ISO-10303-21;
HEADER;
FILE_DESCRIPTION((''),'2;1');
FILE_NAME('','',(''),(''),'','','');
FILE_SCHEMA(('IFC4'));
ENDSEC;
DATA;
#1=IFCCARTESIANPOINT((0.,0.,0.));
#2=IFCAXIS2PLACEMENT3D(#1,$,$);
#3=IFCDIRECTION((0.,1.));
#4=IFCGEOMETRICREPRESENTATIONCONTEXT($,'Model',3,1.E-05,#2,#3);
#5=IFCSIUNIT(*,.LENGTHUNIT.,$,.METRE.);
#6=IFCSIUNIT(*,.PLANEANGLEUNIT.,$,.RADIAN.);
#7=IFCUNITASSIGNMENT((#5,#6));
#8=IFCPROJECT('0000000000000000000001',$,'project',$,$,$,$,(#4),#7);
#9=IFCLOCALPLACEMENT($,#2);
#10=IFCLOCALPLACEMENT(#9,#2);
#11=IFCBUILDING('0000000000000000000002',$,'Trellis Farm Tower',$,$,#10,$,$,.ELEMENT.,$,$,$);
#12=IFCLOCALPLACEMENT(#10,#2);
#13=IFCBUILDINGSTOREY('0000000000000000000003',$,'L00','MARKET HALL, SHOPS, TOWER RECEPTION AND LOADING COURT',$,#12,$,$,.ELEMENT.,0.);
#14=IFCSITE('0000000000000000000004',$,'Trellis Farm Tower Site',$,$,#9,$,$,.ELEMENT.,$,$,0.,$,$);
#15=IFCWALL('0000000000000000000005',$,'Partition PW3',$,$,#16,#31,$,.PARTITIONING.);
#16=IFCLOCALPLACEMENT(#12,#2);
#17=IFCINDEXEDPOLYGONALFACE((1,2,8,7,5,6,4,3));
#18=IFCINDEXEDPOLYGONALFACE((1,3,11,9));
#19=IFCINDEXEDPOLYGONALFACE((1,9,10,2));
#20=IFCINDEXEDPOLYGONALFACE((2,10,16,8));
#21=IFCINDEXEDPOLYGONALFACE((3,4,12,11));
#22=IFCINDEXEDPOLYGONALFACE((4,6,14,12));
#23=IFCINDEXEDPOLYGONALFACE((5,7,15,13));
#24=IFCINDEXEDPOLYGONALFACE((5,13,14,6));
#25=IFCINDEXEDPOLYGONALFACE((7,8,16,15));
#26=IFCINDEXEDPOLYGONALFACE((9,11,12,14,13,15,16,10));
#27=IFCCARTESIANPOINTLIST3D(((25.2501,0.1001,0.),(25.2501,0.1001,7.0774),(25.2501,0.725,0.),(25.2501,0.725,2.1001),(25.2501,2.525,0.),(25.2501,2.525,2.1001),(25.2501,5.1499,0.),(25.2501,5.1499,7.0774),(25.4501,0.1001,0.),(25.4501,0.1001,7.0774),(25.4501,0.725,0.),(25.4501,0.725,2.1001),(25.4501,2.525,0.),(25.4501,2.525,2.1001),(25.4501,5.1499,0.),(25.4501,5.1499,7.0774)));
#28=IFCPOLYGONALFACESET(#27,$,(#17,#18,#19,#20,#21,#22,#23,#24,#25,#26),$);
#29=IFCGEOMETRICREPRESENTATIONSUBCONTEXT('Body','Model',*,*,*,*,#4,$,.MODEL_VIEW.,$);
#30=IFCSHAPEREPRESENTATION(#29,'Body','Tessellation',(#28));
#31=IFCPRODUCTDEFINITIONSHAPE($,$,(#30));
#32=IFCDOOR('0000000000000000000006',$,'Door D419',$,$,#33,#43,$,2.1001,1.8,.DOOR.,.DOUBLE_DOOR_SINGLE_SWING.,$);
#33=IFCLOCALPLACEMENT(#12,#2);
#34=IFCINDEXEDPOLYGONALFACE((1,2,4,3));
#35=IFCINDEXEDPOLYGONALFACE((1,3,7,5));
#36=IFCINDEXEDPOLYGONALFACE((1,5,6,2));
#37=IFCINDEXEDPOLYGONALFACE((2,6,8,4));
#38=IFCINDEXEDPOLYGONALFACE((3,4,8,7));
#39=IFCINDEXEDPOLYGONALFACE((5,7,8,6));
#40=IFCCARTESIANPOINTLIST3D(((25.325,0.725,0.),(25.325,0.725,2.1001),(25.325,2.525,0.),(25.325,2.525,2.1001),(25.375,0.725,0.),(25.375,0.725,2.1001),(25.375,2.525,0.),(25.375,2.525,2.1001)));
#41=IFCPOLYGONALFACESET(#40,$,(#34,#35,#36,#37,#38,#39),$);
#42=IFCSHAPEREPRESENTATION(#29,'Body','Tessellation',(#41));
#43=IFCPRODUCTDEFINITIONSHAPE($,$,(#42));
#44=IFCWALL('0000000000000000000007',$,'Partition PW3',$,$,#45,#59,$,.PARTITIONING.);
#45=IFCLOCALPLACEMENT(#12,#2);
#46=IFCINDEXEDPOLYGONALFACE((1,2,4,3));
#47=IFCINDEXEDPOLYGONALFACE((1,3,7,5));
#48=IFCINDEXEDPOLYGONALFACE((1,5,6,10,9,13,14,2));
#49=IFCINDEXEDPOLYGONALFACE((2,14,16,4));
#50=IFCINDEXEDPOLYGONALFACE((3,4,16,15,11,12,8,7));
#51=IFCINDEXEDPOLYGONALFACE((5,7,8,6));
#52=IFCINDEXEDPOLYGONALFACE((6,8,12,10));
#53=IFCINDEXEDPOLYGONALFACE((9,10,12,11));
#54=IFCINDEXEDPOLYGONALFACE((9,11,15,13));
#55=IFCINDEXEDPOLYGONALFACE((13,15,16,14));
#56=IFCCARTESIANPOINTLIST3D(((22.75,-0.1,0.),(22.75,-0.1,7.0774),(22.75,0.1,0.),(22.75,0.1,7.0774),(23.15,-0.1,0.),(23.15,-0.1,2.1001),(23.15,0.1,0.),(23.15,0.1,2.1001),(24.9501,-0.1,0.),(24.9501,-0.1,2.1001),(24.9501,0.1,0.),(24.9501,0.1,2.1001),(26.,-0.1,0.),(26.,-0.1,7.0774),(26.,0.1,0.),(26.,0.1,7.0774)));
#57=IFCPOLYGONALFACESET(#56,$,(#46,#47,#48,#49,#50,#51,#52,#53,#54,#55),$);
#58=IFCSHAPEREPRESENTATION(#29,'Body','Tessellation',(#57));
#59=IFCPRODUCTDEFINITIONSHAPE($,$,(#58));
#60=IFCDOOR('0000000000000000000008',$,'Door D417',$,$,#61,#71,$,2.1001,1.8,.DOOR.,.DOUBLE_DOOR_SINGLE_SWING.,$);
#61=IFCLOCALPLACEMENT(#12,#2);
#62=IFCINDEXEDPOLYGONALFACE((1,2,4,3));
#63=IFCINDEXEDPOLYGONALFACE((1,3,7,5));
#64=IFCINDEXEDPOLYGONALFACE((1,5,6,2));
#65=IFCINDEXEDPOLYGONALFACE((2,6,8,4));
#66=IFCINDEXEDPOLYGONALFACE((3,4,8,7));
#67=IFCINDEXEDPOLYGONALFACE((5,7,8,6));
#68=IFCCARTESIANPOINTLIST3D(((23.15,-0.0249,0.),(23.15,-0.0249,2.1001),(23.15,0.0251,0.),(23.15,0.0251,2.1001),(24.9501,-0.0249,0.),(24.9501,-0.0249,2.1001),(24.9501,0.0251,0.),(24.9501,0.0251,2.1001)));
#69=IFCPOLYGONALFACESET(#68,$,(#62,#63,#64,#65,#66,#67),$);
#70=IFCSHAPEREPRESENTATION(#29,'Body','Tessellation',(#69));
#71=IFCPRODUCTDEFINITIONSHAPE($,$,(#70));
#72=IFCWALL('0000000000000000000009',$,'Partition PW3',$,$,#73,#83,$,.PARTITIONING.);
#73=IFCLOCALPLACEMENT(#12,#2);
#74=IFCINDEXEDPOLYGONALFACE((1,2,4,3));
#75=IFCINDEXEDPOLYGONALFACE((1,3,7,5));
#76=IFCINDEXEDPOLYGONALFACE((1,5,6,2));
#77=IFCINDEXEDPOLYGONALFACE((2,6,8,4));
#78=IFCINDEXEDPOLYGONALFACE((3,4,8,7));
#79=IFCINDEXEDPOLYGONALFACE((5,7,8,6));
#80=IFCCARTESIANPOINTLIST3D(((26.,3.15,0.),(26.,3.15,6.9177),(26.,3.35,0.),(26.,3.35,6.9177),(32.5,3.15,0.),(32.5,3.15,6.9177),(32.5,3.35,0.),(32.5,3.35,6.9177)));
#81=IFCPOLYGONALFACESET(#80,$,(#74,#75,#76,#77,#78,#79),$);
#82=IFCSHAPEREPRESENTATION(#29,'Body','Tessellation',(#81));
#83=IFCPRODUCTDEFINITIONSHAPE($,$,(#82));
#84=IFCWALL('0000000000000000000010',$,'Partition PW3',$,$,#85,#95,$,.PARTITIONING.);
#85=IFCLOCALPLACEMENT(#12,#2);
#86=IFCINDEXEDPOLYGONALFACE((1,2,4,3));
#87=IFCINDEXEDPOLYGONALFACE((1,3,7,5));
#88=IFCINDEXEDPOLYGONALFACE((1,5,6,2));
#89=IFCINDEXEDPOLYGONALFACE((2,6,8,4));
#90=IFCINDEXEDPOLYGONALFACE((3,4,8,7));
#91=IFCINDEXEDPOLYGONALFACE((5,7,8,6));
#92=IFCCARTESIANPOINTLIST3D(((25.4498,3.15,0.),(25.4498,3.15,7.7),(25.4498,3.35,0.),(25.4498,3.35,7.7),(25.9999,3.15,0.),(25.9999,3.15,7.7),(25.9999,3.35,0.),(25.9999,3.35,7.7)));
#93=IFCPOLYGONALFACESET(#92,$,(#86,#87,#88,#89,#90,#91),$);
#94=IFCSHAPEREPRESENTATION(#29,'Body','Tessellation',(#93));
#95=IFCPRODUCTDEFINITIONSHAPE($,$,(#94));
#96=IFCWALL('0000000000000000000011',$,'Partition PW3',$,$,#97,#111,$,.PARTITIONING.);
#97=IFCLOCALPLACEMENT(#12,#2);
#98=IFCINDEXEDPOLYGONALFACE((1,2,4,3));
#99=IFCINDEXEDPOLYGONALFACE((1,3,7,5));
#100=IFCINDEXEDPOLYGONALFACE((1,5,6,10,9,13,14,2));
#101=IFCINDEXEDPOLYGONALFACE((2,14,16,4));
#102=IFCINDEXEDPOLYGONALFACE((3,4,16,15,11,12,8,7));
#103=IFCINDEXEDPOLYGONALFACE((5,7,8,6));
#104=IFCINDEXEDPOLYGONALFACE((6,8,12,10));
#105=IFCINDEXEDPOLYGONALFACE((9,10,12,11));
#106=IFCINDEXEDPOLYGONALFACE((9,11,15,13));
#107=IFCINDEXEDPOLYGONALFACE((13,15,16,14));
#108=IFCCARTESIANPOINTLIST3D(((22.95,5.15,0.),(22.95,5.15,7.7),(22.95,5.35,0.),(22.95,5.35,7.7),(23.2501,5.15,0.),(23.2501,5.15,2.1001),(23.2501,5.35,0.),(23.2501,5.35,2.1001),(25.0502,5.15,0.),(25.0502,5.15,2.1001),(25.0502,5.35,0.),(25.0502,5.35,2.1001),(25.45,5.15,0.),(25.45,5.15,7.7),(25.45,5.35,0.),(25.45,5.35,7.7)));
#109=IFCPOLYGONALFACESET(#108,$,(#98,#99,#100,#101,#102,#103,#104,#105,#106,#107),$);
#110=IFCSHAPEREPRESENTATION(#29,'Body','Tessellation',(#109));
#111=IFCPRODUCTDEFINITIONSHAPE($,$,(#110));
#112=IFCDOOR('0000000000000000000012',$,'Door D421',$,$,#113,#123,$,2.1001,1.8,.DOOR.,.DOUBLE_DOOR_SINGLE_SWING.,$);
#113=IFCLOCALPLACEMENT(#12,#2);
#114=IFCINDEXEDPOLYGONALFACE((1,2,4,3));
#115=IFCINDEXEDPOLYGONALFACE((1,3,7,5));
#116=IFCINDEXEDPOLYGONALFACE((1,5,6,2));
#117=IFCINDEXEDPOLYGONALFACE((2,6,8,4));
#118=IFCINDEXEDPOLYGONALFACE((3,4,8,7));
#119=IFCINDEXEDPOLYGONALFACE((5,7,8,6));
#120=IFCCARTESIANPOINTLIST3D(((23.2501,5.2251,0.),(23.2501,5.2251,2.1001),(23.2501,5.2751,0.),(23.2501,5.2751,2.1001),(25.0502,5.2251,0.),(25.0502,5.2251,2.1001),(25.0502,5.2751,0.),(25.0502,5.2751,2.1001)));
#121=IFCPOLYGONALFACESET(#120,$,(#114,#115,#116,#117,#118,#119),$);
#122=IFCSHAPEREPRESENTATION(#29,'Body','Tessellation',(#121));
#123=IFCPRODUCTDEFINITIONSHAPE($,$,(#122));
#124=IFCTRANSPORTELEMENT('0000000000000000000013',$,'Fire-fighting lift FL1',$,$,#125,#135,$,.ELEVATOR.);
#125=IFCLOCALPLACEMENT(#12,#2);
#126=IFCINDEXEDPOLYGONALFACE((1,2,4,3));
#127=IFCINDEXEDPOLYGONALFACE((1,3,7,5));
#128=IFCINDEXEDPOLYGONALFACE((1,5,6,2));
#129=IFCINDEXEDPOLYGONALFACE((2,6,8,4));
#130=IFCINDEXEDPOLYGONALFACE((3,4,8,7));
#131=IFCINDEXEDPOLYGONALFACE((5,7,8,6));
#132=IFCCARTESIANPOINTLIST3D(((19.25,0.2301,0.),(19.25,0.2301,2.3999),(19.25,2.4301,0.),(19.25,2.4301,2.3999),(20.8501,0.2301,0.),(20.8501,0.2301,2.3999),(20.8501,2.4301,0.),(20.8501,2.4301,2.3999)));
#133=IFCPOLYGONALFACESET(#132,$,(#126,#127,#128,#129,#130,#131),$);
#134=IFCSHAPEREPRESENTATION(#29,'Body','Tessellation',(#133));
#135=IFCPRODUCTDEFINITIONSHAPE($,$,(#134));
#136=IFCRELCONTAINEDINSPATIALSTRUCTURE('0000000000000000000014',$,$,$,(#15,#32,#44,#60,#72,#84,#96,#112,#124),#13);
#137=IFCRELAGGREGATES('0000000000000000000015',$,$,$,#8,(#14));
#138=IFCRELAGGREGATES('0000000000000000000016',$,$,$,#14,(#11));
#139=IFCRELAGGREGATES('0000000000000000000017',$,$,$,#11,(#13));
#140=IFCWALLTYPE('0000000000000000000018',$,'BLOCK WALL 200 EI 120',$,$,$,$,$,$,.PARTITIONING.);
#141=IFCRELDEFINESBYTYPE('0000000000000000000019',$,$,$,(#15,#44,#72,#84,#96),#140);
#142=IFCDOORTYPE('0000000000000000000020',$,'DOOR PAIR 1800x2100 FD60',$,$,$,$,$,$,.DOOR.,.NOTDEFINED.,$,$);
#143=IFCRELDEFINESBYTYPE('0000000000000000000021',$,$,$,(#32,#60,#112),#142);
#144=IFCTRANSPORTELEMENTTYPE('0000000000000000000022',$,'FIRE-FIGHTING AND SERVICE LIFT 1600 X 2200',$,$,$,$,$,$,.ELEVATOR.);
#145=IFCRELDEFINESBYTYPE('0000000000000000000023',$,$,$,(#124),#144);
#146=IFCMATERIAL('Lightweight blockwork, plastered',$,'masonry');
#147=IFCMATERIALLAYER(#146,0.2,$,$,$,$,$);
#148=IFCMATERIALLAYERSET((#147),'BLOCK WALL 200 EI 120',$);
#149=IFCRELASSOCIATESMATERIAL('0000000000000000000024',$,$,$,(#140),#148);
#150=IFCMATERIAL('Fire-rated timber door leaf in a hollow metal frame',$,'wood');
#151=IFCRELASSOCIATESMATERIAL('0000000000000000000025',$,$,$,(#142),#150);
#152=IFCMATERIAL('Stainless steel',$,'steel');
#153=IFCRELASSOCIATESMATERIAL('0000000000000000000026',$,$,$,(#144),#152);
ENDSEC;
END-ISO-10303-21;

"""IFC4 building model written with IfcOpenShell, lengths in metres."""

from ifc_helpers import new_model, si_unit, direction, frame, frame_2d, origin, origin_2d, place, context, subcontext, project, spatial, rectangle, extrude, source, transform, mapped, material, layer, layer_set, type_object, element, fill, save


model = new_model("IFC4")

# Units and contexts
model_context = context("Model", 3, precision=1e-05, world=origin(), true_north=direction((0.0, 1.0)))
body_context = subcontext(model_context, "Body", "Model", "MODEL_VIEW")
ifc_project = project(units=[si_unit("LENGTHUNIT", "METRE"), si_unit("PLANEANGLEUNIT", "RADIAN")], contexts=[model_context])

# Site, building, storey
site_placement = place(None, origin())
site = spatial("IfcSite", under=ifc_project, at=site_placement, Name="Trellis Farm Tower Site", CompositionType="ELEMENT", RefElevation=0.0)
building_placement = place(site_placement, origin())
building = spatial("IfcBuilding", under=site, at=building_placement, Name="Trellis Farm Tower", CompositionType="ELEMENT")
storey_placement = place(building_placement, origin())
storey = spatial("IfcBuildingStorey", under=building, at=storey_placement, Name="L00", Description="MARKET HALL, SHOPS, TOWER RECEPTION AND LOADING COURT", CompositionType="ELEMENT", Elevation=0.0)

# Walls, openings, doors
ifc_material_1 = material(Name="Lightweight blockwork, plastered", Category="masonry")
ifc_layer_1 = layer(ifc_material_1, 0.2)
ifc_layer_set_1 = layer_set([ifc_layer_1], Name="BLOCK WALL 200 EI 120")
wall_type_1 = type_object("IfcWallType", Name="BLOCK WALL 200 EI 120", PredefinedType="PARTITIONING", material=ifc_layer_set_1)
shared_shape_1 = source(origin(), body_context, "Body", "SweptSolid", [
    extrude(rectangle(XDim=5.0498, YDim=0.2, at=frame_2d((2.5249, 0.0))), origin(), (0.0, 0.0, 1.0), 7.0774),
])
wall_1_placement = place(storey_placement, frame((25.3501, 5.1499, 0.0), z_axis=(0.0, 0.0, 1.0), x_axis=(0.0, -1.0, 0.0)))
wall_1 = element("IfcWall", 1, at=wall_1_placement, inside=storey, type_object=wall_type_1, Name="Partition PW3", PredefinedType="PARTITIONING", context=body_context, shape_type="MappedRepresentation", body=[
    mapped(shared_shape_1, transform((0.0, 0.0, 0.0))),
])
shared_shape_2 = source(origin(), body_context, "Body", "SweptSolid", [
    extrude(rectangle(XDim=1.8, YDim=2.1001, at=frame_2d((0.8999, 1.05))), frame((0.0, 0.1101, 0.0), z_axis=(0.0, -1.0, 0.0), x_axis=(1.0, 0.0, 0.0)), (0.0, 0.0, 1.0), 0.2202),
])
opening_1_placement = place(wall_1_placement, frame((2.625, 0.0, 0.0)))
opening_1 = element("IfcOpeningElement", 2, at=opening_1_placement, cuts=wall_1, PredefinedType="OPENING", context=body_context, shape_type="MappedRepresentation", body=[
    mapped(shared_shape_2, transform((0.0, 0.0, 0.0))),
])
ifc_material_2 = material(Name="Fire-rated timber door leaf in a hollow metal frame", Category="wood")
door_type_1 = type_object("IfcDoorType", Name="DOOR PAIR 1800x2100 FD60", OperationType="NOTDEFINED", PredefinedType="DOOR", material=ifc_material_2)
shared_shape_3 = source(origin(), body_context, "Body", "SweptSolid", [
    extrude(rectangle(XDim=1.8, YDim=2.1001, at=frame_2d((0.8999, 1.05))), frame((0.0, 0.0249, 0.0), z_axis=(0.0, -1.0, 0.0), x_axis=(1.0, 0.0, 0.0)), (0.0, 0.0, 1.0), 0.05),
])
door_1_placement = place(opening_1_placement, origin())
door_1 = element("IfcDoor", 3, at=door_1_placement, inside=storey, type_object=door_type_1, Name="Door D419", OperationType="DOUBLE_DOOR_SINGLE_SWING", OverallHeight=2.1001, OverallWidth=1.8, PredefinedType="DOOR", context=body_context, shape_type="MappedRepresentation", body=[
    mapped(shared_shape_3, transform((0.0, 0.0, 0.0))),
])
fill(opening_1, door_1)
shared_shape_4 = source(origin(), body_context, "Body", "SweptSolid", [
    extrude(rectangle(XDim=3.25, YDim=0.2, at=frame_2d((1.625, 0.0))), origin(), (0.0, 0.0, 1.0), 7.0774),
])
wall_2_placement = place(storey_placement, frame((26.0, 0.0, 0.0), z_axis=(0.0, 0.0, 1.0), x_axis=(-1.0, 0.0, 0.0)))
wall_2 = element("IfcWall", 4, at=wall_2_placement, inside=storey, type_object=wall_type_1, Name="Partition PW3", PredefinedType="PARTITIONING", context=body_context, shape_type="MappedRepresentation", body=[
    mapped(shared_shape_4, transform((0.0, 0.0, 0.0))),
])
opening_2_placement = place(wall_2_placement, frame((1.05, 0.0, 0.0)))
opening_2 = element("IfcOpeningElement", 5, at=opening_2_placement, cuts=wall_2, PredefinedType="OPENING", context=body_context, shape_type="MappedRepresentation", body=[
    mapped(shared_shape_2, transform((0.0, 0.0, 0.0))),
])
door_2_placement = place(opening_2_placement, origin())
door_2 = element("IfcDoor", 6, at=door_2_placement, inside=storey, type_object=door_type_1, Name="Door D417", OperationType="DOUBLE_DOOR_SINGLE_SWING", OverallHeight=2.1001, OverallWidth=1.8, PredefinedType="DOOR", context=body_context, shape_type="MappedRepresentation", body=[
    mapped(shared_shape_3, transform((0.0, 0.0, 0.0))),
])
fill(opening_2, door_2)

# Walls
shared_shape_5 = source(origin(), body_context, "Body", "SweptSolid", [
    extrude(rectangle(XDim=6.5, YDim=0.2, at=frame_2d((3.25, 0.0))), origin(), (0.0, 0.0, 1.0), 6.9177),
])
wall_3_placement = place(storey_placement, frame((26.0, 3.25, 0.0), z_axis=(0.0, 0.0, 1.0), x_axis=(1.0, 0.0, 0.0)))
element("IfcWall", 7, at=wall_3_placement, inside=storey, type_object=wall_type_1, Name="Partition PW3", PredefinedType="PARTITIONING", context=body_context, shape_type="MappedRepresentation", body=[
    mapped(shared_shape_5, transform((0.0, 0.0, 0.0))),
])
shared_shape_6 = source(origin(), body_context, "Body", "SweptSolid", [
    extrude(rectangle(XDim=0.55, YDim=0.2, at=frame_2d((0.2749, 0.0))), origin(), (0.0, 0.0, 1.0), 7.7),
])
wall_4_placement = place(storey_placement, frame((25.45, 3.25, 0.0), z_axis=(0.0, 0.0, 1.0), x_axis=(1.0, 0.0, 0.0)))
element("IfcWall", 8, at=wall_4_placement, inside=storey, type_object=wall_type_1, Name="Partition PW3", PredefinedType="PARTITIONING", context=body_context, shape_type="MappedRepresentation", body=[
    mapped(shared_shape_6, transform((0.0, 0.0, 0.0))),
])

# Wall, opening, door
shared_shape_7 = source(origin(), body_context, "Body", "SweptSolid", [
    extrude(rectangle(XDim=2.5, YDim=0.2, at=frame_2d((1.25, 0.0))), origin(), (0.0, 0.0, 1.0), 7.7),
])
wall_5_placement = place(storey_placement, frame((25.45, 5.25, 0.0), z_axis=(0.0, 0.0, 1.0), x_axis=(-1.0, 0.0, 0.0)))
wall_5 = element("IfcWall", 9, at=wall_5_placement, inside=storey, type_object=wall_type_1, Name="Partition PW3", PredefinedType="PARTITIONING", context=body_context, shape_type="MappedRepresentation", body=[
    mapped(shared_shape_7, transform((0.0, 0.0, 0.0))),
])
opening_3_placement = place(wall_5_placement, frame((0.3999, 0.0, 0.0)))
opening_3 = element("IfcOpeningElement", 10, at=opening_3_placement, cuts=wall_5, PredefinedType="OPENING", context=body_context, shape_type="MappedRepresentation", body=[
    mapped(shared_shape_2, transform((0.0, 0.0, 0.0))),
])
door_3_placement = place(opening_3_placement, origin())
door_3 = element("IfcDoor", 11, at=door_3_placement, inside=storey, type_object=door_type_1, Name="Door D421", OperationType="DOUBLE_DOOR_SINGLE_SWING", OverallHeight=2.1001, OverallWidth=1.8, PredefinedType="DOOR", context=body_context, shape_type="MappedRepresentation", body=[
    mapped(shared_shape_3, transform((0.0, 0.0, 0.0))),
])
fill(opening_3, door_3)

# Transport element
ifc_material_3 = material(Name="Stainless steel", Category="steel")
transport_element_type = type_object("IfcTransportElementType", Name="FIRE-FIGHTING AND SERVICE LIFT 1600 X 2200", PredefinedType="ELEVATOR", material=ifc_material_3)
transport_element_placement = place(storey_placement, frame((20.05, 1.3301, 0.0), z_axis=(0.0, 0.0, 1.0), x_axis=(1.0, 0.0, 0.0)))
element("IfcTransportElement", 12, at=transport_element_placement, inside=storey, type_object=transport_element_type, Name="Fire-fighting lift FL1", PredefinedType="ELEVATOR", context=body_context, shape_type="SweptSolid", body=[
    extrude(rectangle(XDim=1.6001, YDim=2.2, at=origin_2d()), origin(), (0.0, 0.0, 1.0), 2.3999),
])

save(model, "model.ifc")
